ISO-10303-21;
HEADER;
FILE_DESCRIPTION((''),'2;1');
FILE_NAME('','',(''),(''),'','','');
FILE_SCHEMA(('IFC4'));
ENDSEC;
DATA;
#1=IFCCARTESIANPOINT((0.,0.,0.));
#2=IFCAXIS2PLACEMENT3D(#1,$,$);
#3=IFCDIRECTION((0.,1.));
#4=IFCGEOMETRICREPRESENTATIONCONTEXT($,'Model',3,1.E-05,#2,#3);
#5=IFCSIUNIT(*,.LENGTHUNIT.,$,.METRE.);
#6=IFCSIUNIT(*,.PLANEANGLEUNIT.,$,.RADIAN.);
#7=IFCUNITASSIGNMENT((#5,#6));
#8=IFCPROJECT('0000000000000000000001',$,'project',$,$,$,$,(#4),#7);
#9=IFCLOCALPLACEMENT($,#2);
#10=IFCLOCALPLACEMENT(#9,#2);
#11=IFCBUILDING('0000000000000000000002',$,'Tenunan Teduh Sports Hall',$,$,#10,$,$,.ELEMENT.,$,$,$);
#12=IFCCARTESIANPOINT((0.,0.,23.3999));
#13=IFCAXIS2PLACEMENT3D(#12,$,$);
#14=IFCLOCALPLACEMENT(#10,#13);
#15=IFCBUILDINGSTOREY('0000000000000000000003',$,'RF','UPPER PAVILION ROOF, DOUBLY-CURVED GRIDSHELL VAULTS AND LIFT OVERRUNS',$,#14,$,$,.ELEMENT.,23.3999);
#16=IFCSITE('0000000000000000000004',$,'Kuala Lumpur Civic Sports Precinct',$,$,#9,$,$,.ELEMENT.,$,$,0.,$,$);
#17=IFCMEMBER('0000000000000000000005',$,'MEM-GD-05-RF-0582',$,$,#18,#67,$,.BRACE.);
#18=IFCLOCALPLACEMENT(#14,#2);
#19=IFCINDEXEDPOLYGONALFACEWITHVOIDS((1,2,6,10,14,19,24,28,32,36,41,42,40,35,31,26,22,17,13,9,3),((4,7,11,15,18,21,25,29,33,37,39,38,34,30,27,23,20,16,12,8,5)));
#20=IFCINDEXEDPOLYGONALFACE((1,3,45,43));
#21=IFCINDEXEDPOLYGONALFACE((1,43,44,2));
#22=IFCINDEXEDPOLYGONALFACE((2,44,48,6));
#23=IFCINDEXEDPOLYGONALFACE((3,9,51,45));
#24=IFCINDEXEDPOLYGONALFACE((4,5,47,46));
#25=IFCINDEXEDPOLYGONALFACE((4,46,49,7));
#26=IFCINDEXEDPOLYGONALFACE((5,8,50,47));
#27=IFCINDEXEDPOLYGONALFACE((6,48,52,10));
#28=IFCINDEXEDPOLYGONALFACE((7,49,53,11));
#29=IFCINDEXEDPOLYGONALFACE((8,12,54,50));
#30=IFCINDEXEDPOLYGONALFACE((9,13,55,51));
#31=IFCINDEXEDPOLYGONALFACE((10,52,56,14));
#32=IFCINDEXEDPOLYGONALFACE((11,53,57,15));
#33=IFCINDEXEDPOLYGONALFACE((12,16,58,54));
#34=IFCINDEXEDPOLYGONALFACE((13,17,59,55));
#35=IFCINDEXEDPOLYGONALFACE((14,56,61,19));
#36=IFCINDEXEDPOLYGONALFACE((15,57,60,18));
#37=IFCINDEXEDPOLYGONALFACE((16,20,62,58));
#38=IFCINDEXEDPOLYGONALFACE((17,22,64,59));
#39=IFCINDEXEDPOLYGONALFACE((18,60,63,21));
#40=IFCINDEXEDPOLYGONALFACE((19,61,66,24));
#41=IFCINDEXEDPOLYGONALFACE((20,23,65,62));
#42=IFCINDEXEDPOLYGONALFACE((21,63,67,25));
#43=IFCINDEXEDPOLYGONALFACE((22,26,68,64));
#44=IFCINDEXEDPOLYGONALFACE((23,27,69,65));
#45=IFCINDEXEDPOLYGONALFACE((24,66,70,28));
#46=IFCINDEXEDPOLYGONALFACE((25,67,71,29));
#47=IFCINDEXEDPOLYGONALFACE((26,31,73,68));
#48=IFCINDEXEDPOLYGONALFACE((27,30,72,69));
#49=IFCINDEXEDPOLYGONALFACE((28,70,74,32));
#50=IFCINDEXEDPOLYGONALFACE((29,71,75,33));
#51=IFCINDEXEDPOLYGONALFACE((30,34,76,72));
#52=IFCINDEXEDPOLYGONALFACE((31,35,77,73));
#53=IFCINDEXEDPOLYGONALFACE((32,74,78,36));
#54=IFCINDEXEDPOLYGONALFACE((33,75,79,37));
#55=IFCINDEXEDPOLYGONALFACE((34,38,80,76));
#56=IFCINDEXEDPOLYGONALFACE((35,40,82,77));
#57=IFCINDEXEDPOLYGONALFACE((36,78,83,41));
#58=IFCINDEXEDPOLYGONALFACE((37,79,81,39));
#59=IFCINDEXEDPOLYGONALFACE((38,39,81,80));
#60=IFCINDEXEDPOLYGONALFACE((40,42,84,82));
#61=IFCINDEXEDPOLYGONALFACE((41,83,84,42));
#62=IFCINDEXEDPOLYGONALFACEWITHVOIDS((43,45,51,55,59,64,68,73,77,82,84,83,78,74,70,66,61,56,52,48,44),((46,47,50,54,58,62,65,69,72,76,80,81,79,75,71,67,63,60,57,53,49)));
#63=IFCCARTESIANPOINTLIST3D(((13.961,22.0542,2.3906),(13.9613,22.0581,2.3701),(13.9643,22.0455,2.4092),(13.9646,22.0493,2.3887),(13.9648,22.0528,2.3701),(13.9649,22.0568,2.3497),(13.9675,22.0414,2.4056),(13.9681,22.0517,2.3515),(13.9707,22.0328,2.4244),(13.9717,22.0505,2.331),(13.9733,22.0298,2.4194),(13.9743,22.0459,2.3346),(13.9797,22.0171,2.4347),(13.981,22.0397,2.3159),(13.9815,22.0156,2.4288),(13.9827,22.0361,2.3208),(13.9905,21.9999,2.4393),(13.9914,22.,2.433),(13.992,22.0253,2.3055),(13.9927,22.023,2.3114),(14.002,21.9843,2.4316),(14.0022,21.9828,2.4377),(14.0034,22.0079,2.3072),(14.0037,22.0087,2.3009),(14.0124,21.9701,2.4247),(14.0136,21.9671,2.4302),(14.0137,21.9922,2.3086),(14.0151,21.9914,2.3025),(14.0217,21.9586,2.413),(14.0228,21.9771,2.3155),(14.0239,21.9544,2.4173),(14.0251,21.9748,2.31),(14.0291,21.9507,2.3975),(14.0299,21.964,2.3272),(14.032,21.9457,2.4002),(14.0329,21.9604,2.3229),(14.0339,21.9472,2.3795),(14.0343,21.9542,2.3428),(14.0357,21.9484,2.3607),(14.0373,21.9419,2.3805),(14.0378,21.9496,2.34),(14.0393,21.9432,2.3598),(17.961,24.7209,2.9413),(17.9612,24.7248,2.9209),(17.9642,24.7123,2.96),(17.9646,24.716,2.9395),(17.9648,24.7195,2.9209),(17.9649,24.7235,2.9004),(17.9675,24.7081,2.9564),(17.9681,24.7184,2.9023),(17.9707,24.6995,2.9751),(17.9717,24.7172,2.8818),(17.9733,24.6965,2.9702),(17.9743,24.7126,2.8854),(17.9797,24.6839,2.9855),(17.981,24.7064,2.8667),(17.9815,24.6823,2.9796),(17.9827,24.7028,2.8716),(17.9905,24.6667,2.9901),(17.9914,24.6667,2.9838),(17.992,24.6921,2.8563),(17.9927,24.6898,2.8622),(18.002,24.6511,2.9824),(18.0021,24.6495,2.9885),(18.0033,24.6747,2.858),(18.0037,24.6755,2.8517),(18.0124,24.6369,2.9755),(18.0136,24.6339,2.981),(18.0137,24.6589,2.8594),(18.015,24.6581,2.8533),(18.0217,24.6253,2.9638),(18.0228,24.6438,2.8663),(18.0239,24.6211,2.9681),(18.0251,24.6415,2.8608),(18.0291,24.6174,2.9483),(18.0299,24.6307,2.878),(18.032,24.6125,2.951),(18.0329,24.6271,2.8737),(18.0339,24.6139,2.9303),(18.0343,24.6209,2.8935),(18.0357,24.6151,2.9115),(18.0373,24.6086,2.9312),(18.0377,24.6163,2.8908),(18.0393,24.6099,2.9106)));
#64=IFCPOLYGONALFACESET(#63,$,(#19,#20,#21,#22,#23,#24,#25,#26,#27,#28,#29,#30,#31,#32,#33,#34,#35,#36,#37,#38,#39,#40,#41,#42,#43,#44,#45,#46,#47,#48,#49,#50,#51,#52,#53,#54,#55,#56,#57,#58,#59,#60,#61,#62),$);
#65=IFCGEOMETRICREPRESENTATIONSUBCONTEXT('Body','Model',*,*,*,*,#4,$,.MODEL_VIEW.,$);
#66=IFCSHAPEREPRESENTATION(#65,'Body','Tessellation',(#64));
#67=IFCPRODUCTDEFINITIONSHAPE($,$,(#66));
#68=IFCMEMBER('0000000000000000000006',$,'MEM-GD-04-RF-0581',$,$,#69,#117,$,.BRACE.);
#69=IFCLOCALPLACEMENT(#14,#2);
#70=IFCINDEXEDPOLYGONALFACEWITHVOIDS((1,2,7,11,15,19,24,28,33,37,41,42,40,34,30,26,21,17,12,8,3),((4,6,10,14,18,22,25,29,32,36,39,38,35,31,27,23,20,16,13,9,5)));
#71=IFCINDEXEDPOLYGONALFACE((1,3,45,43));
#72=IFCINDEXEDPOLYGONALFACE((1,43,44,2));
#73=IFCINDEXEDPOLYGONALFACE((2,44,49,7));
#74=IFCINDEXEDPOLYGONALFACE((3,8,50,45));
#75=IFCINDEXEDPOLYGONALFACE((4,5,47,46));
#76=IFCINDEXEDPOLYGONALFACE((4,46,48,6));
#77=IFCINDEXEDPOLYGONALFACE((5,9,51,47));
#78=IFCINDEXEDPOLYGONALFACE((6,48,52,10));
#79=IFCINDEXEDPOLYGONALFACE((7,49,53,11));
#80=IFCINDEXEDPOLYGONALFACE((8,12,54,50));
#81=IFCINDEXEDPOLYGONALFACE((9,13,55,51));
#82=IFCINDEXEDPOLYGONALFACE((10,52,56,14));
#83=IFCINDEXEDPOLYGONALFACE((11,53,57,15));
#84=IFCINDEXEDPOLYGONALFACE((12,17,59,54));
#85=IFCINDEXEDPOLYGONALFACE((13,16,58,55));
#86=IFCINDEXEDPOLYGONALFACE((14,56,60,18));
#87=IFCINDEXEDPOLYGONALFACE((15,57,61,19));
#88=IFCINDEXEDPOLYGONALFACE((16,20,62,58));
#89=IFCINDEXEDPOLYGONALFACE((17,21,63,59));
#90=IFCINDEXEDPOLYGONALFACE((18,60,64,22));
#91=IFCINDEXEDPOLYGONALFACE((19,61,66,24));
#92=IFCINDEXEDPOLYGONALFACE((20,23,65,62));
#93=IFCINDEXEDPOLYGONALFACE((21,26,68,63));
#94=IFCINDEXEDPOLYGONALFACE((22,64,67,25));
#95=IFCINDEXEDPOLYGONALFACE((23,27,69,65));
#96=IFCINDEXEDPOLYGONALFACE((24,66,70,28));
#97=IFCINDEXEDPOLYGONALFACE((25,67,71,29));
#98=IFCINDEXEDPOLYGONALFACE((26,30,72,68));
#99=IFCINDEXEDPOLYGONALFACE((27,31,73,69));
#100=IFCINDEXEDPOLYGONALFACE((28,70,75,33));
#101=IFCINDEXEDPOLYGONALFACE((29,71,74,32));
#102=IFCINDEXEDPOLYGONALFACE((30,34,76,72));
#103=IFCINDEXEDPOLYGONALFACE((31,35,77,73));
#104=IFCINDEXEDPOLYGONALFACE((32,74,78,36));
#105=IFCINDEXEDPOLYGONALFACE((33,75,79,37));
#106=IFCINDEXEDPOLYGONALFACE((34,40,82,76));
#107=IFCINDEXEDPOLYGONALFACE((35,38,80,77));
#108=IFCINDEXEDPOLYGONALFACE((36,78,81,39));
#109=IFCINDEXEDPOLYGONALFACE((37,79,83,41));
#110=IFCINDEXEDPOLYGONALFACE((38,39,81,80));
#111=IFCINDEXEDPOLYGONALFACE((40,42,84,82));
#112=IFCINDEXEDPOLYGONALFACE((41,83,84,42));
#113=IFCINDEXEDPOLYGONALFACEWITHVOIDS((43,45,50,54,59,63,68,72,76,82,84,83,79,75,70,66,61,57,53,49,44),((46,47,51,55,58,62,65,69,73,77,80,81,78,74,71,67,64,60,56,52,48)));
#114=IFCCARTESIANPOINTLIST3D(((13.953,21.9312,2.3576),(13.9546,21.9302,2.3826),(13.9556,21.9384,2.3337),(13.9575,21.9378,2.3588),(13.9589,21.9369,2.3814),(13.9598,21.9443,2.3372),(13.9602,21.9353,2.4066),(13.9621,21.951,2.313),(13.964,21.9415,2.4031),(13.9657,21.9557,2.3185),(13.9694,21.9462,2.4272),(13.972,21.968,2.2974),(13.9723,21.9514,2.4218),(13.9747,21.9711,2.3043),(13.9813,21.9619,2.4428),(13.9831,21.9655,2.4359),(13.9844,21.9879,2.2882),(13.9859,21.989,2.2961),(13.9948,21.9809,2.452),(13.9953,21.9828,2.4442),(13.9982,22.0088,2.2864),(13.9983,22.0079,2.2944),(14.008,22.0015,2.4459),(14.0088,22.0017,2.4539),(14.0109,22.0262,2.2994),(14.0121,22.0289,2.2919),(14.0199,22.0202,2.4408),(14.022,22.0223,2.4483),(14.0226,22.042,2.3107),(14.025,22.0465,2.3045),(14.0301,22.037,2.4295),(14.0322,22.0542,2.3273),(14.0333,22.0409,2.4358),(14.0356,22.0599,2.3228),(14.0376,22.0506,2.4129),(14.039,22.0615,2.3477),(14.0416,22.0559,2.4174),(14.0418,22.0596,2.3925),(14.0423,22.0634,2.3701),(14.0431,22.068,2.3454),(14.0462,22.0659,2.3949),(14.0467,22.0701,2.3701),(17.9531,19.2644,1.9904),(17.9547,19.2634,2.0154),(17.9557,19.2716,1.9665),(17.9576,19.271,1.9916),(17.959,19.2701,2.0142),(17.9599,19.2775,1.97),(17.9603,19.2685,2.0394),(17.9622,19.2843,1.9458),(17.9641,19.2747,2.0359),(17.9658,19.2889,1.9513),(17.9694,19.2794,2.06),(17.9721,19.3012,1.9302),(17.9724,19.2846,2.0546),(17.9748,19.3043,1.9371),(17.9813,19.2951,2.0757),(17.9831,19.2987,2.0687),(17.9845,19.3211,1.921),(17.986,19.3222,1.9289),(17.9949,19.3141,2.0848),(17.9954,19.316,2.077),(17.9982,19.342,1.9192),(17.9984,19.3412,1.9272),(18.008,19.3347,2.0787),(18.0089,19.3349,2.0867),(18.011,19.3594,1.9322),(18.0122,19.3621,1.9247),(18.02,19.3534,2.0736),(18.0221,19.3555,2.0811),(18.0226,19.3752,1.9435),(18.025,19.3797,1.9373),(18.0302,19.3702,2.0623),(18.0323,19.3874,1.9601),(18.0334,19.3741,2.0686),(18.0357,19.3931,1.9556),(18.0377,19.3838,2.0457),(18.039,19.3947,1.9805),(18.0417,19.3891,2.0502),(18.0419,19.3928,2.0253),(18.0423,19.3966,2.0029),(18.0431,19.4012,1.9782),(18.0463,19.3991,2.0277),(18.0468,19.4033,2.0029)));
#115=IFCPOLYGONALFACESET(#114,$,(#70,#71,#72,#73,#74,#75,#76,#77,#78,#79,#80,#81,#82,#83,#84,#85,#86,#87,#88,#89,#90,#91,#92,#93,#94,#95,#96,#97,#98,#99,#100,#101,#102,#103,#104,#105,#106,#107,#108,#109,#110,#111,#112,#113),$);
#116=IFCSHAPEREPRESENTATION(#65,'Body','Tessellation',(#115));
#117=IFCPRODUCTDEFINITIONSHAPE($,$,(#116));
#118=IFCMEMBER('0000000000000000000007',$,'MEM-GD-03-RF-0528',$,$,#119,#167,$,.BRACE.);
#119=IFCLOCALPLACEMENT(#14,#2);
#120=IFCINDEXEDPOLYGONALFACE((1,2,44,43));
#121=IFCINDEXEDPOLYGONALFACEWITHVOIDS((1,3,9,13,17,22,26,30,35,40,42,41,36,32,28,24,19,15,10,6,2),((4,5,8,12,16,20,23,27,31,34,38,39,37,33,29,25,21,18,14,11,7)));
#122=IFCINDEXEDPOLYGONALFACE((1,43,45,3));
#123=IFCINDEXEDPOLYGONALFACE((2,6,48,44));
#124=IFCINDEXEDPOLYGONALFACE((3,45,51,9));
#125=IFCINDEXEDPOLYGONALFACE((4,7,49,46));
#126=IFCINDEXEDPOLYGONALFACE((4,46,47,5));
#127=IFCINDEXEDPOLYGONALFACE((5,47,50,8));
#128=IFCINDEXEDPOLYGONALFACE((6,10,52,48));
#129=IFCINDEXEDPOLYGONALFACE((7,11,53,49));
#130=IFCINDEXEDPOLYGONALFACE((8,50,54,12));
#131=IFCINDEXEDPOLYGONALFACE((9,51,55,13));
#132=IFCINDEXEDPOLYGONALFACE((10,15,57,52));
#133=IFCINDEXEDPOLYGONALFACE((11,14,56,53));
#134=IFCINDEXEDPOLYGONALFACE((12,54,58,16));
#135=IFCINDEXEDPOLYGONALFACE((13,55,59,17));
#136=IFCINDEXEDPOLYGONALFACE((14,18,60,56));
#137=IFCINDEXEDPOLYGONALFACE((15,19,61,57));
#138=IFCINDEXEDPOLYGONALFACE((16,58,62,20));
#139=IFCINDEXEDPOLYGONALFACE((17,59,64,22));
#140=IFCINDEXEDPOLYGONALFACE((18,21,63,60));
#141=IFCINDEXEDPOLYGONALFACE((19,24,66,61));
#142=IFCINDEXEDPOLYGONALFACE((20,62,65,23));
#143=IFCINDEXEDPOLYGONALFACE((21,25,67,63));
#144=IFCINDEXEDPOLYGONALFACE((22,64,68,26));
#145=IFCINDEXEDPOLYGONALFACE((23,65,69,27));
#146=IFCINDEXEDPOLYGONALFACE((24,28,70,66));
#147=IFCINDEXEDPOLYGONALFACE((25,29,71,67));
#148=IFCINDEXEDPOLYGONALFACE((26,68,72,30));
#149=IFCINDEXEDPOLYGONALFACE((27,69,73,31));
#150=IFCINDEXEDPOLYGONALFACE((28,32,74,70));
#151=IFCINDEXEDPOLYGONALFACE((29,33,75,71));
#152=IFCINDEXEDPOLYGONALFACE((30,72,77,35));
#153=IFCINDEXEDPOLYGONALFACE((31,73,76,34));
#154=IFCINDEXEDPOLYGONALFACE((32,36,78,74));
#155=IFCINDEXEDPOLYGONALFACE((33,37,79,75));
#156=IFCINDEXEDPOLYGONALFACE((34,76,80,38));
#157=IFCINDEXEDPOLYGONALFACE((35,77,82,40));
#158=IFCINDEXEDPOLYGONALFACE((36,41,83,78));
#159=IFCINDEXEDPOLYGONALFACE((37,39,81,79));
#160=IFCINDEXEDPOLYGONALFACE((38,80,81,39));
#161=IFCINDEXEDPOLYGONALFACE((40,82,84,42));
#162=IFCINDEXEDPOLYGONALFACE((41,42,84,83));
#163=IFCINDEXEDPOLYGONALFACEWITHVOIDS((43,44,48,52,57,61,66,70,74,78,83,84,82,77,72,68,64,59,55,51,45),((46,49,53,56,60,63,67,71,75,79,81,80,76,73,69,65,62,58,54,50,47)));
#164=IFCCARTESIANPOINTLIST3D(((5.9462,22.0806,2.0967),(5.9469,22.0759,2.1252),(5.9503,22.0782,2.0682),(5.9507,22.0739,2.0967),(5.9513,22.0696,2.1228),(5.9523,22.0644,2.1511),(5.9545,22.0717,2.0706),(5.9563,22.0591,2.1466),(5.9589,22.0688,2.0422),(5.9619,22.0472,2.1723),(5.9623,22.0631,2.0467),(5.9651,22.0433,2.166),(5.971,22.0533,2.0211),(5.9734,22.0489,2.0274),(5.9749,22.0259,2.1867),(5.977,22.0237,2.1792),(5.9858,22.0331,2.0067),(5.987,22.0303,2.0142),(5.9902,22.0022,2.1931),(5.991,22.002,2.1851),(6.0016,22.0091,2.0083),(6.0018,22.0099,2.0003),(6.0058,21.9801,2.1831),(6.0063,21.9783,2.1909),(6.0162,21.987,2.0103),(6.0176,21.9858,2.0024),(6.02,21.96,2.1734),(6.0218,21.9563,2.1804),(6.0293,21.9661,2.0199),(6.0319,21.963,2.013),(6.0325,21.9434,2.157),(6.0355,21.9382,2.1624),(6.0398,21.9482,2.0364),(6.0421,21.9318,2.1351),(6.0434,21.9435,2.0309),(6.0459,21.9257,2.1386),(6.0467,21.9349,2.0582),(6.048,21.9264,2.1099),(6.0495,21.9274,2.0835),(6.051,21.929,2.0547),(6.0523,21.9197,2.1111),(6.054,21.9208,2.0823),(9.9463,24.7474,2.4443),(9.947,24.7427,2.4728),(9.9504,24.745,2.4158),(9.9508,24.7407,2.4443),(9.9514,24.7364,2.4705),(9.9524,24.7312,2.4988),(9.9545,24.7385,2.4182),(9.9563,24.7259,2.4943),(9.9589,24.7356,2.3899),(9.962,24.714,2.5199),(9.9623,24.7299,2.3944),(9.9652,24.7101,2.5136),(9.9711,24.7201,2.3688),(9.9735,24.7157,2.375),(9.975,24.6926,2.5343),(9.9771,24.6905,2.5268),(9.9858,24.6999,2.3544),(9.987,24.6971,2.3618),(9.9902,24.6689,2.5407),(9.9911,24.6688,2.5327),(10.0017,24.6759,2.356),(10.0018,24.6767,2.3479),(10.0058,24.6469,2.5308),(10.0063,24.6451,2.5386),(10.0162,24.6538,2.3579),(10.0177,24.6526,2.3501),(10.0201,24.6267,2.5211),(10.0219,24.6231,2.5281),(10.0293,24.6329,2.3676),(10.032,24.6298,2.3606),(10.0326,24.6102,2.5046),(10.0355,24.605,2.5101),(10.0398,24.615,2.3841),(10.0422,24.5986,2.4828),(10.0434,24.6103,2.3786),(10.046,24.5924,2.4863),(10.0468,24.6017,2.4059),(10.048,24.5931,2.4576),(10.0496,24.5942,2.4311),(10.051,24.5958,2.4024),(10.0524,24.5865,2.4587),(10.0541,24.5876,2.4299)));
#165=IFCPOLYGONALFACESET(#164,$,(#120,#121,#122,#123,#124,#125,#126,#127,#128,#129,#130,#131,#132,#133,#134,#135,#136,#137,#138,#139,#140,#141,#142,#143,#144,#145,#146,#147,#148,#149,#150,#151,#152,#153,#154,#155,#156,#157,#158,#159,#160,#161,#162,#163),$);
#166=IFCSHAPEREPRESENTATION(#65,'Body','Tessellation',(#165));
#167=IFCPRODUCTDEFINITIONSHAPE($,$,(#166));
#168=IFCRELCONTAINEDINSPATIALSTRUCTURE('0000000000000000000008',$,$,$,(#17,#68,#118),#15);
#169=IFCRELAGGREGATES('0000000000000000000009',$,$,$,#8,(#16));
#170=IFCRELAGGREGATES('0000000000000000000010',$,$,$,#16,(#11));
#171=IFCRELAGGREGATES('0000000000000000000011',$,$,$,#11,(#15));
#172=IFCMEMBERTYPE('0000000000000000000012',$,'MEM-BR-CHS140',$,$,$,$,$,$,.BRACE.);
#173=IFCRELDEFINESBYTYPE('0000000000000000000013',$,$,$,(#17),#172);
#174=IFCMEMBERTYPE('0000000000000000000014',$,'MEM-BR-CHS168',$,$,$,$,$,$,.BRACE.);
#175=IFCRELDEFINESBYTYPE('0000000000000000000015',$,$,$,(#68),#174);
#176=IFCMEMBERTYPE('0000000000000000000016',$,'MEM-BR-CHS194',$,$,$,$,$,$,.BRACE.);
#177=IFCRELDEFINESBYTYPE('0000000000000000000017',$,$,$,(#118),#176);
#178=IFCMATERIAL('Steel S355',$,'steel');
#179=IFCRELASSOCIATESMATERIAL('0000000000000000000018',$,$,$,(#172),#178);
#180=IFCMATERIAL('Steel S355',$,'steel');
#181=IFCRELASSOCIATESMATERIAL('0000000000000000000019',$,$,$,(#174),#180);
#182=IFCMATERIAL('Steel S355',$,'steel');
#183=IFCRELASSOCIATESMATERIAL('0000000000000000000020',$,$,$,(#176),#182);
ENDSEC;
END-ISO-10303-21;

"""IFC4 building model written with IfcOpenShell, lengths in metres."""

from ifc_helpers import new_model, si_unit, direction, frame, origin, origin_2d, place, context, subcontext, project, spatial, hollow_circle, extrude, material, material_profile, profile_set, type_object, element, save


model = new_model("IFC4")

# Units and contexts
model_context = context("Model", 3, precision=1e-05, world=origin(), true_north=direction((0.0, 1.0)))
body_context = subcontext(model_context, "Body", "Model", "MODEL_VIEW")
ifc_project = project(units=[si_unit("LENGTHUNIT", "METRE"), si_unit("PLANEANGLEUNIT", "RADIAN")], contexts=[model_context])

# Site, building, storey
site_placement = place(None, origin())
site = spatial("IfcSite", under=ifc_project, at=site_placement, Name="Kuala Lumpur Civic Sports Precinct", CompositionType="ELEMENT", RefElevation=0.0)
building_placement = place(site_placement, origin())
building = spatial("IfcBuilding", under=site, at=building_placement, Name="Tenunan Teduh Sports Hall", CompositionType="ELEMENT")
storey_placement = place(building_placement, frame((0.0, 0.0, 23.3999)))
storey = spatial("IfcBuildingStorey", under=building, at=storey_placement, Name="RF", Description="UPPER PAVILION ROOF, DOUBLY-CURVED GRIDSHELL VAULTS AND LIFT OVERRUNS", CompositionType="ELEMENT", Elevation=23.3999)

# Members
ifc_material_1 = material(Name="Steel S355", Category="steel")
ifc_material_profile_1 = material_profile(ifc_material_1, hollow_circle(Radius=0.0698, WallThickness=0.0063, at=origin_2d()), Name="CHS 139.7x6.3")
ifc_profile_set_1 = profile_set([ifc_material_profile_1], Name="Steel S355")
member_type_1 = type_object("IfcMemberType", Name="MEM-BR-CHS140", PredefinedType="BRACE", material=ifc_profile_set_1)
member_1_placement = place(storey_placement, frame((14.0, 22.0, 2.3701), z_axis=(0.826635, 0.551107, 0.113824), x_axis=(-0.554712, 0.832042, 0.0)))
element("IfcMember", 1, at=member_1_placement, inside=storey, type_object=member_type_1, Name="MEM-GD-05-RF-0582", PredefinedType="BRACE", context=body_context, shape_type="SweptSolid", body=[
    extrude(hollow_circle(Radius=0.0698, WallThickness=0.0063, at=origin_2d()), origin(), (0.0, 0.0, 1.0), 4.8389),
])
ifc_material_2 = material(Name="Steel S355", Category="steel")
ifc_material_profile_2 = material_profile(ifc_material_2, hollow_circle(Radius=0.0842, WallThickness=0.0081, at=origin_2d()), Name="CHS 168.3x8.0")
ifc_profile_set_2 = profile_set([ifc_material_profile_2], Name="Steel S355")
member_type_2 = type_object("IfcMemberType", Name="MEM-BR-CHS168", PredefinedType="BRACE", material=ifc_profile_set_2)
member_2_placement = place(storey_placement, frame((14.0, 22.0, 2.3701), z_axis=(0.829626, -0.553101, -0.076157), x_axis=(0.554712, 0.832042, 0.0)))
element("IfcMember", 2, at=member_2_placement, inside=storey, type_object=member_type_2, Name="MEM-GD-04-RF-0581", PredefinedType="BRACE", context=body_context, shape_type="SweptSolid", body=[
    extrude(hollow_circle(Radius=0.0842, WallThickness=0.0081, at=origin_2d()), origin(), (0.0, 0.0, 1.0), 4.8215),
])
ifc_material_3 = material(Name="Steel S355", Category="steel")
ifc_material_profile_3 = material_profile(ifc_material_3, hollow_circle(Radius=0.0969, WallThickness=0.0081, at=origin_2d()), Name="CHS 193.7x8.0")
ifc_profile_set_3 = profile_set([ifc_material_profile_3], Name="Steel S355")
member_type_3 = type_object("IfcMemberType", Name="MEM-BR-CHS194", PredefinedType="BRACE", material=ifc_profile_set_3)
member_3_placement = place(storey_placement, frame((6.0, 22.0, 2.0967), z_axis=(0.829875, 0.553267, 0.072128), x_axis=(-0.554712, 0.832042, 0.0)))
element("IfcMember", 3, at=member_3_placement, inside=storey, type_object=member_type_3, Name="MEM-GD-03-RF-0528", PredefinedType="BRACE", context=body_context, shape_type="SweptSolid", body=[
    extrude(hollow_circle(Radius=0.0969, WallThickness=0.0081, at=origin_2d()), origin(), (0.0, 0.0, 1.0), 4.8201),
])

save(model, "model.ifc")
